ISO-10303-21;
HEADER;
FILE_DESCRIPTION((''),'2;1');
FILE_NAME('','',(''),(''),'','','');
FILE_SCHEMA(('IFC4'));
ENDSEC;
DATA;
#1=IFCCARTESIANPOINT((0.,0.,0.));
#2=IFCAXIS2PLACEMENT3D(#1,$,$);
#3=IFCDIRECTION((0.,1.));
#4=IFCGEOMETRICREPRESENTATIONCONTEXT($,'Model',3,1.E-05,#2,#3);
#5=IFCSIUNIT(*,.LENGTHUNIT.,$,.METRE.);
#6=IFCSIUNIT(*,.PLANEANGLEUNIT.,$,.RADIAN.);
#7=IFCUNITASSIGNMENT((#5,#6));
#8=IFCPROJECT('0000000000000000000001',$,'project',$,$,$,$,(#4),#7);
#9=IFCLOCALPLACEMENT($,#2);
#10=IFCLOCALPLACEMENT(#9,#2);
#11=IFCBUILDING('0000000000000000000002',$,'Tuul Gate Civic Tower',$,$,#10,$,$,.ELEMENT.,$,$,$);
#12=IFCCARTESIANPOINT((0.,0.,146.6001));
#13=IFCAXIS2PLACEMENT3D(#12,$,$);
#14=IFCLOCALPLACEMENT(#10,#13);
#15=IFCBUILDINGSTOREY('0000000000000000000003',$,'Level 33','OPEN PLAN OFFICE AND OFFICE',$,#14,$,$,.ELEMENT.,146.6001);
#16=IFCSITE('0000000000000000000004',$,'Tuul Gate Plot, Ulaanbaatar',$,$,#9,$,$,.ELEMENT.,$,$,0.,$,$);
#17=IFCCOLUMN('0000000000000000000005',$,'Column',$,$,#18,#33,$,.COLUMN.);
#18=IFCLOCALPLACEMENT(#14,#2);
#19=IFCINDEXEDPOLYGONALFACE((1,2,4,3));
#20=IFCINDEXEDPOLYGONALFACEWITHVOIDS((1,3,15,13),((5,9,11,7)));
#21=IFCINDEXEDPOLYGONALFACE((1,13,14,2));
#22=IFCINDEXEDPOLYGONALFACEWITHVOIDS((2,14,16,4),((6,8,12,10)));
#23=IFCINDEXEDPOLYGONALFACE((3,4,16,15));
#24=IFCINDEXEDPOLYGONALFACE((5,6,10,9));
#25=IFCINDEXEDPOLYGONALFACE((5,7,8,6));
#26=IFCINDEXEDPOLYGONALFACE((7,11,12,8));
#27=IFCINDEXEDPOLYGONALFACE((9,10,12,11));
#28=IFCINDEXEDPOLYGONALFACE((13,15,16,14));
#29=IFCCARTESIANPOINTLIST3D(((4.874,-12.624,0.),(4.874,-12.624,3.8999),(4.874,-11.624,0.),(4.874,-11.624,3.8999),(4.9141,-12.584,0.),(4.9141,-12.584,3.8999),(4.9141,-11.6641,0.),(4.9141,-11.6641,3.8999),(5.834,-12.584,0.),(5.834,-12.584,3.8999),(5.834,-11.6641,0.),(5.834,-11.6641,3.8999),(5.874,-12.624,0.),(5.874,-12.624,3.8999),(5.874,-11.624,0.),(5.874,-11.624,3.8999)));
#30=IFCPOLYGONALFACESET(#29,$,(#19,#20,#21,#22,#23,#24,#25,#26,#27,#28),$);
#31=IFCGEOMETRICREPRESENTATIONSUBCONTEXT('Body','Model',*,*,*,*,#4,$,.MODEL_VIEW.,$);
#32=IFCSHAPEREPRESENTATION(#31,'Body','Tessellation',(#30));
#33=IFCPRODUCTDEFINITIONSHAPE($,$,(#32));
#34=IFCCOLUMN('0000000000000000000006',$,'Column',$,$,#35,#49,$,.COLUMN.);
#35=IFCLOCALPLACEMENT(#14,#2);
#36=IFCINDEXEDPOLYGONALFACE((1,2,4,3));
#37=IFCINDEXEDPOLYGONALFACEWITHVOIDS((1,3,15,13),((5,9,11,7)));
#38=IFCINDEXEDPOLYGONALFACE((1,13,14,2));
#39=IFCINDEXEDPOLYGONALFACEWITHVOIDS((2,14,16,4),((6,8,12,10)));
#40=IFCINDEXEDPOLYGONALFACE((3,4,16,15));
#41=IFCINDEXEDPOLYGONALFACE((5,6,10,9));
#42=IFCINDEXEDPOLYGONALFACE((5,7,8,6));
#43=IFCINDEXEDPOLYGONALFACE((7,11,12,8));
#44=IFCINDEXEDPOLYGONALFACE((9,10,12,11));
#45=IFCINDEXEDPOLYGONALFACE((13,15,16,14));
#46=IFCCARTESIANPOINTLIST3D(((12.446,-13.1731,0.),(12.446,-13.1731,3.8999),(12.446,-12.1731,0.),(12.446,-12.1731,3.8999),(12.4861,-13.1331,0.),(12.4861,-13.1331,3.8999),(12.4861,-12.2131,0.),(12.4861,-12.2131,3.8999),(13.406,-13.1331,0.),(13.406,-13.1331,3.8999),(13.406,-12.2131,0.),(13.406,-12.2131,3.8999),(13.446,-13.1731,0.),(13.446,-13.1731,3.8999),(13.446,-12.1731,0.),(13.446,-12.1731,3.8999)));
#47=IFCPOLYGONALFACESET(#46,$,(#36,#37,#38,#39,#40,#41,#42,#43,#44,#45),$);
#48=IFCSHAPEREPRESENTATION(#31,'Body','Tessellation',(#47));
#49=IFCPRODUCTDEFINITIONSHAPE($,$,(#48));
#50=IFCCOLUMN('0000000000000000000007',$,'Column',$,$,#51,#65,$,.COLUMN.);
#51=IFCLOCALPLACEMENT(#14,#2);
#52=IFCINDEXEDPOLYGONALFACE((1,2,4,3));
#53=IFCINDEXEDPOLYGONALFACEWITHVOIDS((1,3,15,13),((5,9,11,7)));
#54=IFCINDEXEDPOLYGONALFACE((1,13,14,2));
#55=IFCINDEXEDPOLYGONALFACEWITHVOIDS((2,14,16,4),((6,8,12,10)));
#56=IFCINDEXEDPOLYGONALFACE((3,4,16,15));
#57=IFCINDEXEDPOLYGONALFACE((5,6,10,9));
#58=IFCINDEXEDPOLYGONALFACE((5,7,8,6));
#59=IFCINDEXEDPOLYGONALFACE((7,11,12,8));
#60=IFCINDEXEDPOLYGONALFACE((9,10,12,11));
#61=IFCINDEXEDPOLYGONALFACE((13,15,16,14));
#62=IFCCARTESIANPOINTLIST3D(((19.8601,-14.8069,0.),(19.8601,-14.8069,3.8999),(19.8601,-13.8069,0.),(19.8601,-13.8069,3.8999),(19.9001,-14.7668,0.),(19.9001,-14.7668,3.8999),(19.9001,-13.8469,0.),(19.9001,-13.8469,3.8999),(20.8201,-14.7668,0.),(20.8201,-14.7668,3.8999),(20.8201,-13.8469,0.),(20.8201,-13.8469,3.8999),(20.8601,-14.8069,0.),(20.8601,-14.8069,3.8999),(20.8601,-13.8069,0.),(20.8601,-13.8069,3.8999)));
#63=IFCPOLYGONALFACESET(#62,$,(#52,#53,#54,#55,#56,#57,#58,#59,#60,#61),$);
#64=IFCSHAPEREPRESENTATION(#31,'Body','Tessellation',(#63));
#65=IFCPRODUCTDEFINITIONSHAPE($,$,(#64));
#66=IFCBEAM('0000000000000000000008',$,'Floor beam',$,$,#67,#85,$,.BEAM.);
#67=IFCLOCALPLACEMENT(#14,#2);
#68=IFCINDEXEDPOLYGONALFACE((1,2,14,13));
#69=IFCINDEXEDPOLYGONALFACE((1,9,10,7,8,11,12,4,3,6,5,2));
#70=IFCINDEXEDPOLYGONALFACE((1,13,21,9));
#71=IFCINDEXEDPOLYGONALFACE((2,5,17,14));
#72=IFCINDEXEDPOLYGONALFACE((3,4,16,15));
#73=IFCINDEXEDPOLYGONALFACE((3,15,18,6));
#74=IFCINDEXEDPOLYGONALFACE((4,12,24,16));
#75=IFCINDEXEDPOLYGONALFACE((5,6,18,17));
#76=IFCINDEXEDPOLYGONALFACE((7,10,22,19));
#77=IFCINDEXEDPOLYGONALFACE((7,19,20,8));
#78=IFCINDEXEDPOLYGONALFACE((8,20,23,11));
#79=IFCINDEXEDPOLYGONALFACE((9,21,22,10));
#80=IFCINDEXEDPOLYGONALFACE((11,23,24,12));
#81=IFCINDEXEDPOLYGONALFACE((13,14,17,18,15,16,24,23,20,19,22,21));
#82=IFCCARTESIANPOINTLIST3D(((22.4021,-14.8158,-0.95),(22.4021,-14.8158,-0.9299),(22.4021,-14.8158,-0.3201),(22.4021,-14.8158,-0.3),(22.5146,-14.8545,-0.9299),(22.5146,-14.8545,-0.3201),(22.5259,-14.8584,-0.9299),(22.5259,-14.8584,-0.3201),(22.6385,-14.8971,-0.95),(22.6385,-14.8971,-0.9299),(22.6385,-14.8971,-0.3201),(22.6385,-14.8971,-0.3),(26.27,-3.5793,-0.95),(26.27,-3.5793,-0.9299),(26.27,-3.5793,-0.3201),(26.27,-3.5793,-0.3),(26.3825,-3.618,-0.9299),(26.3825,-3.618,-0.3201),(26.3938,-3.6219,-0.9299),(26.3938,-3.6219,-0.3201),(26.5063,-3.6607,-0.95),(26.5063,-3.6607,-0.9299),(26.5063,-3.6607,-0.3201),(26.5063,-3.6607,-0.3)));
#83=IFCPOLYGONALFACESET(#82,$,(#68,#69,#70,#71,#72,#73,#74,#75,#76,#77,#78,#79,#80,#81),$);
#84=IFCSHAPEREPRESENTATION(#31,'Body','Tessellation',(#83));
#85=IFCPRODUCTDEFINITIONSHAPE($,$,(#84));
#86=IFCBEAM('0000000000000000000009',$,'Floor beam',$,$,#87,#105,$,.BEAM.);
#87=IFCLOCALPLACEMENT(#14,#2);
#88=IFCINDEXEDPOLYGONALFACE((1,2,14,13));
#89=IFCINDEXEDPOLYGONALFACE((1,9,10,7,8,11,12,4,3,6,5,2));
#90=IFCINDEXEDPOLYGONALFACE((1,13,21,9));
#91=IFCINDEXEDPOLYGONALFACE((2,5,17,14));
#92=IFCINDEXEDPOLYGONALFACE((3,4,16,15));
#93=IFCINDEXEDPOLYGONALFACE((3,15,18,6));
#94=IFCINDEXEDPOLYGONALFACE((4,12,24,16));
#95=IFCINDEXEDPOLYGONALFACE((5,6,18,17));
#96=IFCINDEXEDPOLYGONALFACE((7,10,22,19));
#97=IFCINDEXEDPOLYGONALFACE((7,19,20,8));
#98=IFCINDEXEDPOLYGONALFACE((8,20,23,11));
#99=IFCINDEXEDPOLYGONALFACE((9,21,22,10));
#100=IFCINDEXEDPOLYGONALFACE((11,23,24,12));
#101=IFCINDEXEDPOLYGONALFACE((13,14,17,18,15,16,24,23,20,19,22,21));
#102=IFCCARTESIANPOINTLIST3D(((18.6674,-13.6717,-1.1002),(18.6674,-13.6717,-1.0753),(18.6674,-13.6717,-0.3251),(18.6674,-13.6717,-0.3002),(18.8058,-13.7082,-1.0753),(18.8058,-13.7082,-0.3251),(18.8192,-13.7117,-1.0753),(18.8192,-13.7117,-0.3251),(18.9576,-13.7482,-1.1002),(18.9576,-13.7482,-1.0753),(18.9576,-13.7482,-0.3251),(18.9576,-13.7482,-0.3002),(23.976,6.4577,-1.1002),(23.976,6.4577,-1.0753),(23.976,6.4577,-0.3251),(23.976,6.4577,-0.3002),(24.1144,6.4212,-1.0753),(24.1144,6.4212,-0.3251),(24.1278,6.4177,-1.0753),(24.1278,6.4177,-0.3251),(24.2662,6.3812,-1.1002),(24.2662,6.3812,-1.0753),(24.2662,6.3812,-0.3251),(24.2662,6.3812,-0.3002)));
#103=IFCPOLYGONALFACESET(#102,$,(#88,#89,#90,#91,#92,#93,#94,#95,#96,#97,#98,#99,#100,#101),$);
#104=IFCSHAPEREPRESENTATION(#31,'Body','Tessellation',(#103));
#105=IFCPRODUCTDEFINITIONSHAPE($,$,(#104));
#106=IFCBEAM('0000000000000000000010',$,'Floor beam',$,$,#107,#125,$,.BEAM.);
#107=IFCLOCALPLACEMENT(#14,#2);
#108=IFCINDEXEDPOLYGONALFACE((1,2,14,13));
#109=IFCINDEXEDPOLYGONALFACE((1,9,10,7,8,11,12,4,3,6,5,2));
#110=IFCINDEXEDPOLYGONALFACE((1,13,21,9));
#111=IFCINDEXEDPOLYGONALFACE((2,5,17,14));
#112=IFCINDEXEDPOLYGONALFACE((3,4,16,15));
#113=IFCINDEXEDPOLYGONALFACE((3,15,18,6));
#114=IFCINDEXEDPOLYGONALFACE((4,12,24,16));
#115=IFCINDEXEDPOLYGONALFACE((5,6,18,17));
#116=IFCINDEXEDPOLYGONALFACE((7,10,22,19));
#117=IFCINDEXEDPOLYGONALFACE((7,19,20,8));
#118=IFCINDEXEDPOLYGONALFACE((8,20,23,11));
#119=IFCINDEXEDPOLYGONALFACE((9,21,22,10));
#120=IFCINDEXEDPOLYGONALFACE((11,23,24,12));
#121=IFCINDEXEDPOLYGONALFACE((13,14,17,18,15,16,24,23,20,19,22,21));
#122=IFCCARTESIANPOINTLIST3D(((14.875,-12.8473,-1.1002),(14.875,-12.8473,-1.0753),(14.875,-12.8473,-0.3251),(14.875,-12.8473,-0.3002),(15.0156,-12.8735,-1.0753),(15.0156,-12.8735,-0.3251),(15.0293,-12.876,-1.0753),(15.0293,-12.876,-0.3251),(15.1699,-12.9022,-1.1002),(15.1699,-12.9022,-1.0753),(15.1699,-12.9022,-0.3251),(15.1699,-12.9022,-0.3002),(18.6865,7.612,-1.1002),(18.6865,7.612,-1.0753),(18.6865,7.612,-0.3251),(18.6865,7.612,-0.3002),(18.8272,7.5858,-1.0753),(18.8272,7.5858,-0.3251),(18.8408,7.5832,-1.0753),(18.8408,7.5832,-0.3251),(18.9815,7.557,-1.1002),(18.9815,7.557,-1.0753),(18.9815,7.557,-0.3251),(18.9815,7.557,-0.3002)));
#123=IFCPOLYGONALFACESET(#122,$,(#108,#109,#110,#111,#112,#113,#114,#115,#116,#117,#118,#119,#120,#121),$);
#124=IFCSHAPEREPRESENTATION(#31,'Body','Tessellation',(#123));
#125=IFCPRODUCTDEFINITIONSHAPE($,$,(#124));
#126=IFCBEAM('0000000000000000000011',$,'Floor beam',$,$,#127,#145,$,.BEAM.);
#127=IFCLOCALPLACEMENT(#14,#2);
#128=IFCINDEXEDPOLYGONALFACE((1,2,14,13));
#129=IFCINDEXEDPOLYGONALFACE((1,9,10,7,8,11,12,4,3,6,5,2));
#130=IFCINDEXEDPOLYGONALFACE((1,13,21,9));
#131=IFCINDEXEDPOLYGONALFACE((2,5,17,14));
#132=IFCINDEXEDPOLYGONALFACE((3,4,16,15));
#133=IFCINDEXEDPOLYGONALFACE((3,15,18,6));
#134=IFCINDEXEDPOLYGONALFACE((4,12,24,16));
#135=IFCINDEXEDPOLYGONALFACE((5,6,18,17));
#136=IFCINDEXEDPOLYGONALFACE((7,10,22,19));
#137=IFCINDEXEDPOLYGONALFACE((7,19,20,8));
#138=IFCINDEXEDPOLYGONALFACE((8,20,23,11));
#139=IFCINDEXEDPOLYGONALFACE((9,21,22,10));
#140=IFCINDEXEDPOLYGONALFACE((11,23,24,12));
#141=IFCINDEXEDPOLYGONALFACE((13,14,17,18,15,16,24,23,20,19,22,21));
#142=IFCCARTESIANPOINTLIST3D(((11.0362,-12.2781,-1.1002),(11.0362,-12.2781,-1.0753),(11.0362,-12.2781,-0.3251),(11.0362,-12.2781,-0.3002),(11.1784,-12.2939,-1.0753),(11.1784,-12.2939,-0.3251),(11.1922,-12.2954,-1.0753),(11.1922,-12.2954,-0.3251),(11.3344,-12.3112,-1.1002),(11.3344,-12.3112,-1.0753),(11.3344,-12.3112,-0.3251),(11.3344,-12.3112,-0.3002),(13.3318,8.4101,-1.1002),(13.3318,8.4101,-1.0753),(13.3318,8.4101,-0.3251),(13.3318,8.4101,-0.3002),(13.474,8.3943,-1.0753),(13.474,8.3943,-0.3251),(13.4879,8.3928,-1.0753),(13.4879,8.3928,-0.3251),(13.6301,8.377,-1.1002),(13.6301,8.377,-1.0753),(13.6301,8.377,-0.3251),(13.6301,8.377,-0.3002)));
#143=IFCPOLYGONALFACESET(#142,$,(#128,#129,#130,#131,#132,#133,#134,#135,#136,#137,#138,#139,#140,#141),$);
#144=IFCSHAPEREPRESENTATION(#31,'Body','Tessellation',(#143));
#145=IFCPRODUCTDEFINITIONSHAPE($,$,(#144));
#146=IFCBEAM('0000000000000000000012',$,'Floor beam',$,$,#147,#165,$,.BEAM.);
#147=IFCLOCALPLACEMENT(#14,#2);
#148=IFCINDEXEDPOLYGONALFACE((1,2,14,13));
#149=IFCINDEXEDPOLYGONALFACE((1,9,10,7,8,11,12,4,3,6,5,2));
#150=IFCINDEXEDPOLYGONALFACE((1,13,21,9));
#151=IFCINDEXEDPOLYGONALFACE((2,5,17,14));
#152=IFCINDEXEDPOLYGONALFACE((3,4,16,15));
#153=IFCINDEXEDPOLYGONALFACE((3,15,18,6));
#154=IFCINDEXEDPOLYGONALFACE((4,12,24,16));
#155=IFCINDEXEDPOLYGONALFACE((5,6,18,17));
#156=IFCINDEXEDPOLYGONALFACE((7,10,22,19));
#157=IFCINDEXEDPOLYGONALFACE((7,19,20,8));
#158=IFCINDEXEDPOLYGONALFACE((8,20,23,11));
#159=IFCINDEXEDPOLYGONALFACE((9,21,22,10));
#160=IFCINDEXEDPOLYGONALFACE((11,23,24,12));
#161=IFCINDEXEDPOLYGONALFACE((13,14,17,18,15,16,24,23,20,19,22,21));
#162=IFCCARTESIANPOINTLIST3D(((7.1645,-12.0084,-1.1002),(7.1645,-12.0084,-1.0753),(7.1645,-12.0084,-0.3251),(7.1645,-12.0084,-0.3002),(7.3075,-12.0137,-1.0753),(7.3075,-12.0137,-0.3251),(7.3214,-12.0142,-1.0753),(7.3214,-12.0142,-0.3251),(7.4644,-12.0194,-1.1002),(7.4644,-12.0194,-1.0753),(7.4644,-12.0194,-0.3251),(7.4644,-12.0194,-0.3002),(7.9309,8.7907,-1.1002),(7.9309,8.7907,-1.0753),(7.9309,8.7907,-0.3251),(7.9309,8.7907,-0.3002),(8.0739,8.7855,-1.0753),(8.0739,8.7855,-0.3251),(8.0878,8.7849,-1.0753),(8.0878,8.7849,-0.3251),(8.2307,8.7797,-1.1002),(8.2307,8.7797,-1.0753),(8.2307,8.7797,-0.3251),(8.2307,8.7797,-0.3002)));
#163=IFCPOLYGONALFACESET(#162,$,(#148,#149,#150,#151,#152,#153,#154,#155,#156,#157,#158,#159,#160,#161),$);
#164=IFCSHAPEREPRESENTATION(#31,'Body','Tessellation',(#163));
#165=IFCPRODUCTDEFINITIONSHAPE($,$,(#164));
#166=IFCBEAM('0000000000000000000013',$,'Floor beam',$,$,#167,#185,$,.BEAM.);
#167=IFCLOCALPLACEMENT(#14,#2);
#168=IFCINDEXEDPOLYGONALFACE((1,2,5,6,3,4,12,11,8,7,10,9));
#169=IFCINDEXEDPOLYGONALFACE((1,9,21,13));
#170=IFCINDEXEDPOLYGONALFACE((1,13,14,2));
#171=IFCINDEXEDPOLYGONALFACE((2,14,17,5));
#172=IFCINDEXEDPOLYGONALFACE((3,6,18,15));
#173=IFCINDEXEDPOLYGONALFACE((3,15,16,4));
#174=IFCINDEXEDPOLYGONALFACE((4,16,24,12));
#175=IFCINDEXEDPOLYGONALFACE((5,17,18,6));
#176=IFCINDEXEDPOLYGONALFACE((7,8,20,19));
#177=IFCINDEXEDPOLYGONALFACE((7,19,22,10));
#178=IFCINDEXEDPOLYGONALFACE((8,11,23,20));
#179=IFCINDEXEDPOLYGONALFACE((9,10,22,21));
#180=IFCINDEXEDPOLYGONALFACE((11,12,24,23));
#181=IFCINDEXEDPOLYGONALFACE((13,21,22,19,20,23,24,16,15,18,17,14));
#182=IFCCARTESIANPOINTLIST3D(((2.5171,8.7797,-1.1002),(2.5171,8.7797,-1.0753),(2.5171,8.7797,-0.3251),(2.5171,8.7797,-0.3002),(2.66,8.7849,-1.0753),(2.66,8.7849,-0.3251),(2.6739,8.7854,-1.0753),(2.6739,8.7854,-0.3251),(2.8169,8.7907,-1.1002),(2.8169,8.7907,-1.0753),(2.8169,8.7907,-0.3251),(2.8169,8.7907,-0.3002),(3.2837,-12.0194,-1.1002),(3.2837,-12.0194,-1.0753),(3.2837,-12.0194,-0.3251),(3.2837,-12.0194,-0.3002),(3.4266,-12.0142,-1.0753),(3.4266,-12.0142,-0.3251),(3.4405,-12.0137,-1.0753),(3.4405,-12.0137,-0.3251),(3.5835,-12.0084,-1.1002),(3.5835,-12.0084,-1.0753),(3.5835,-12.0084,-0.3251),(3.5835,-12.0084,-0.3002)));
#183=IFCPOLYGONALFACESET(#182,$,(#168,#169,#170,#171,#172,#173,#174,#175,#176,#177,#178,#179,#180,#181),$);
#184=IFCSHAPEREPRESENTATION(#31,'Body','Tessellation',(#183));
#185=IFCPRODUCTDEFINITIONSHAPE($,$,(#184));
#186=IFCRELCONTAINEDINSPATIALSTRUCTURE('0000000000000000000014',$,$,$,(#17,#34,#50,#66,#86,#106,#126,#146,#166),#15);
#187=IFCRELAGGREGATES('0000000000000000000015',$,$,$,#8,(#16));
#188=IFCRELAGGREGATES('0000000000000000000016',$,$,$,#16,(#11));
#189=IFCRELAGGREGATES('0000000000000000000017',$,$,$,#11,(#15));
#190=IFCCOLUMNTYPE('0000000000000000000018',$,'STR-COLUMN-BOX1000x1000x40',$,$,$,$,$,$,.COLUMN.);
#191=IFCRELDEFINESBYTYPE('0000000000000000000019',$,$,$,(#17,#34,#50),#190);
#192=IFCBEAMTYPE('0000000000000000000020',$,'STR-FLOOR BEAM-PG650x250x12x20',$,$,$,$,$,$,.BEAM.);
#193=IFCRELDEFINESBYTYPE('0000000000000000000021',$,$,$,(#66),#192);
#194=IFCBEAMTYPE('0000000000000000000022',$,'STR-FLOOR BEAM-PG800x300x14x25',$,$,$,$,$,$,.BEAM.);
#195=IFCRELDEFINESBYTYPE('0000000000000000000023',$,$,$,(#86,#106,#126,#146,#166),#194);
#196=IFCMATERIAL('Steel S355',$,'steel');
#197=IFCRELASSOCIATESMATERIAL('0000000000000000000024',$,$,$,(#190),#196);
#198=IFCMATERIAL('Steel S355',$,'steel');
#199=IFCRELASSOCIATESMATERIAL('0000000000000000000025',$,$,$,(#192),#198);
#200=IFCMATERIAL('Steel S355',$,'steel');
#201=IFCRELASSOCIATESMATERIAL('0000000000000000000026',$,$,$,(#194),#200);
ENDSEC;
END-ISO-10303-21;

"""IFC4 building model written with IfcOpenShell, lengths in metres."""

from ifc_helpers import new_model, si_unit, direction, frame, origin, origin_2d, place, context, subcontext, project, spatial, hollow_rectangle, i_section, extrude, material, material_profile, profile_set, type_object, element, save


model = new_model("IFC4")

# Units and contexts
model_context = context("Model", 3, precision=1e-05, world=origin(), true_north=direction((0.0, 1.0)))
body_context = subcontext(model_context, "Body", "Model", "MODEL_VIEW")
ifc_project = project(units=[si_unit("LENGTHUNIT", "METRE"), si_unit("PLANEANGLEUNIT", "RADIAN")], contexts=[model_context])

# Site, building, storey
site_placement = place(None, origin())
site = spatial("IfcSite", under=ifc_project, at=site_placement, Name="Tuul Gate Plot, Ulaanbaatar", CompositionType="ELEMENT", RefElevation=0.0)
building_placement = place(site_placement, origin())
building = spatial("IfcBuilding", under=site, at=building_placement, Name="Tuul Gate Civic Tower", CompositionType="ELEMENT")
storey_placement = place(building_placement, frame((0.0, 0.0, 146.6001)))
storey = spatial("IfcBuildingStorey", under=building, at=storey_placement, Name="Level 33", Description="OPEN PLAN OFFICE AND OFFICE", CompositionType="ELEMENT", Elevation=146.6001)

# Columns
ifc_material_1 = material(Name="Steel S355", Category="steel")
ifc_material_profile_1 = material_profile(ifc_material_1, hollow_rectangle(XDim=1.0, YDim=1.0, WallThickness=0.04, at=origin_2d()), Name="BOX1000x1000x40")
ifc_profile_set_1 = profile_set([ifc_material_profile_1], Name="Steel S355")
column_type = type_object("IfcColumnType", Name="STR-COLUMN-BOX1000x1000x40", PredefinedType="COLUMN", material=ifc_profile_set_1)
for number, where, z_axis, x_axis, name in (
    (1, (5.374, -12.124, 0.0), (0.0, 0.0, 1.0), (1.0, 0.0, 0.0), "Column"),
    (2, (12.946, -12.6731, 0.0), (0.0, 0.0, 1.0), (1.0, 0.0, 0.0), "Column"),
    (3, (20.3601, -14.3069, 0.0), (0.0, 0.0, 1.0), (1.0, 0.0, 0.0), "Column"),
):
    element("IfcColumn", number, at=place(storey_placement, frame(where, z_axis=z_axis, x_axis=x_axis)), inside=storey, type_object=column_type, Name=name, PredefinedType="COLUMN", context=body_context, shape_type="SweptSolid", body=[
        extrude(hollow_rectangle(XDim=1.0, YDim=1.0, WallThickness=0.04, at=origin_2d()), origin(), (0.0, 0.0, 1.0), 3.8999),
    ])

# Beams
ifc_material_2 = material(Name="Steel S355", Category="steel")
ifc_material_profile_2 = material_profile(ifc_material_2, i_section(OverallWidth=0.25, OverallDepth=0.6499, WebThickness=0.012, FlangeThickness=0.02, at=origin_2d()), Name="PG650x250x12x20")
ifc_profile_set_2 = profile_set([ifc_material_profile_2], Name="Steel S355")
beam_type_1 = type_object("IfcBeamType", Name="STR-FLOOR BEAM-PG650x250x12x20", PredefinedType="BEAM", material=ifc_profile_set_2)
beam_1_placement = place(storey_placement, frame((22.5203, -14.8564, -0.625), z_axis=(0.325482, 0.945548, 0.0), x_axis=(-0.945548, 0.325482, 0.0)))
element("IfcBeam", 4, at=beam_1_placement, inside=storey, type_object=beam_type_1, Name="Floor beam", PredefinedType="BEAM", context=body_context, shape_type="SweptSolid", body=[
    extrude(i_section(OverallWidth=0.25, OverallDepth=0.6499, WebThickness=0.012, FlangeThickness=0.02, at=origin_2d()), origin(), (0.0, 0.0, 1.0), 11.8835),
])
ifc_material_3 = material(Name="Steel S355", Category="steel")
ifc_material_profile_3 = material_profile(ifc_material_3, i_section(OverallWidth=0.3, OverallDepth=0.8, WebThickness=0.0139, FlangeThickness=0.0249, at=origin_2d()), Name="PG800x300x14x25")
ifc_profile_set_3 = profile_set([ifc_material_profile_3], Name="Steel S355")
beam_type_2 = type_object("IfcBeamType", Name="STR-FLOOR BEAM-PG800x300x14x25", PredefinedType="BEAM", material=ifc_profile_set_3)
beam_2_placement = place(storey_placement, frame((18.8125, -13.71, -0.7002), z_axis=(0.255005, 0.96694, 0.0), x_axis=(-0.96694, 0.255005, 0.0)))
element("IfcBeam", 5, at=beam_2_placement, inside=storey, type_object=beam_type_2, Name="Floor beam", PredefinedType="BEAM", context=body_context, shape_type="SweptSolid", body=[
    extrude(i_section(OverallWidth=0.3, OverallDepth=0.8, WebThickness=0.0139, FlangeThickness=0.0249, at=origin_2d()), origin(), (0.0, 0.0, 1.0), 20.8176),
])
beam_3_placement = place(storey_placement, frame((15.0225, -12.8748, -0.7002), z_axis=(0.183147, 0.983085, 0.0), x_axis=(-0.983085, 0.183147, 0.0)))
element("IfcBeam", 6, at=beam_3_placement, inside=storey, type_object=beam_type_2, Name="Floor beam", PredefinedType="BEAM", context=body_context, shape_type="SweptSolid", body=[
    extrude(i_section(OverallWidth=0.3, OverallDepth=0.8, WebThickness=0.0139, FlangeThickness=0.0249, at=origin_2d()), origin(), (0.0, 0.0, 1.0), 20.8113),
])
beam_4_placement = place(storey_placement, frame((11.1853, -12.2947, -0.7002), z_axis=(0.110287, 0.9939, 0.0), x_axis=(-0.9939, 0.110287, 0.0)))
element("IfcBeam", 7, at=beam_4_placement, inside=storey, type_object=beam_type_2, Name="Floor beam", PredefinedType="BEAM", context=body_context, shape_type="SweptSolid", body=[
    extrude(i_section(OverallWidth=0.3, OverallDepth=0.8, WebThickness=0.0139, FlangeThickness=0.0249, at=origin_2d()), origin(), (0.0, 0.0, 1.0), 20.8152),
])
for number, where, z_axis, x_axis, name in (
    (8, (7.3145, -12.0139, -0.7002), (0.036821, 0.999322, 0.0), (-0.999322, 0.036821, 0.0), "Floor beam"),
    (9, (3.4336, -12.0139, -0.7002), (-0.036832, 0.999321, 0.0), (-0.999321, -0.036832, 0.0), "Floor beam"),
):
    element("IfcBeam", number, at=place(storey_placement, frame(where, z_axis=z_axis, x_axis=x_axis)), inside=storey, type_object=beam_type_2, Name=name, PredefinedType="BEAM", context=body_context, shape_type="SweptSolid", body=[
        extrude(i_section(OverallWidth=0.3, OverallDepth=0.8, WebThickness=0.0139, FlangeThickness=0.0249, at=origin_2d()), origin(), (0.0, 0.0, 1.0), 20.8132),
    ])

save(model, "model.ifc")
